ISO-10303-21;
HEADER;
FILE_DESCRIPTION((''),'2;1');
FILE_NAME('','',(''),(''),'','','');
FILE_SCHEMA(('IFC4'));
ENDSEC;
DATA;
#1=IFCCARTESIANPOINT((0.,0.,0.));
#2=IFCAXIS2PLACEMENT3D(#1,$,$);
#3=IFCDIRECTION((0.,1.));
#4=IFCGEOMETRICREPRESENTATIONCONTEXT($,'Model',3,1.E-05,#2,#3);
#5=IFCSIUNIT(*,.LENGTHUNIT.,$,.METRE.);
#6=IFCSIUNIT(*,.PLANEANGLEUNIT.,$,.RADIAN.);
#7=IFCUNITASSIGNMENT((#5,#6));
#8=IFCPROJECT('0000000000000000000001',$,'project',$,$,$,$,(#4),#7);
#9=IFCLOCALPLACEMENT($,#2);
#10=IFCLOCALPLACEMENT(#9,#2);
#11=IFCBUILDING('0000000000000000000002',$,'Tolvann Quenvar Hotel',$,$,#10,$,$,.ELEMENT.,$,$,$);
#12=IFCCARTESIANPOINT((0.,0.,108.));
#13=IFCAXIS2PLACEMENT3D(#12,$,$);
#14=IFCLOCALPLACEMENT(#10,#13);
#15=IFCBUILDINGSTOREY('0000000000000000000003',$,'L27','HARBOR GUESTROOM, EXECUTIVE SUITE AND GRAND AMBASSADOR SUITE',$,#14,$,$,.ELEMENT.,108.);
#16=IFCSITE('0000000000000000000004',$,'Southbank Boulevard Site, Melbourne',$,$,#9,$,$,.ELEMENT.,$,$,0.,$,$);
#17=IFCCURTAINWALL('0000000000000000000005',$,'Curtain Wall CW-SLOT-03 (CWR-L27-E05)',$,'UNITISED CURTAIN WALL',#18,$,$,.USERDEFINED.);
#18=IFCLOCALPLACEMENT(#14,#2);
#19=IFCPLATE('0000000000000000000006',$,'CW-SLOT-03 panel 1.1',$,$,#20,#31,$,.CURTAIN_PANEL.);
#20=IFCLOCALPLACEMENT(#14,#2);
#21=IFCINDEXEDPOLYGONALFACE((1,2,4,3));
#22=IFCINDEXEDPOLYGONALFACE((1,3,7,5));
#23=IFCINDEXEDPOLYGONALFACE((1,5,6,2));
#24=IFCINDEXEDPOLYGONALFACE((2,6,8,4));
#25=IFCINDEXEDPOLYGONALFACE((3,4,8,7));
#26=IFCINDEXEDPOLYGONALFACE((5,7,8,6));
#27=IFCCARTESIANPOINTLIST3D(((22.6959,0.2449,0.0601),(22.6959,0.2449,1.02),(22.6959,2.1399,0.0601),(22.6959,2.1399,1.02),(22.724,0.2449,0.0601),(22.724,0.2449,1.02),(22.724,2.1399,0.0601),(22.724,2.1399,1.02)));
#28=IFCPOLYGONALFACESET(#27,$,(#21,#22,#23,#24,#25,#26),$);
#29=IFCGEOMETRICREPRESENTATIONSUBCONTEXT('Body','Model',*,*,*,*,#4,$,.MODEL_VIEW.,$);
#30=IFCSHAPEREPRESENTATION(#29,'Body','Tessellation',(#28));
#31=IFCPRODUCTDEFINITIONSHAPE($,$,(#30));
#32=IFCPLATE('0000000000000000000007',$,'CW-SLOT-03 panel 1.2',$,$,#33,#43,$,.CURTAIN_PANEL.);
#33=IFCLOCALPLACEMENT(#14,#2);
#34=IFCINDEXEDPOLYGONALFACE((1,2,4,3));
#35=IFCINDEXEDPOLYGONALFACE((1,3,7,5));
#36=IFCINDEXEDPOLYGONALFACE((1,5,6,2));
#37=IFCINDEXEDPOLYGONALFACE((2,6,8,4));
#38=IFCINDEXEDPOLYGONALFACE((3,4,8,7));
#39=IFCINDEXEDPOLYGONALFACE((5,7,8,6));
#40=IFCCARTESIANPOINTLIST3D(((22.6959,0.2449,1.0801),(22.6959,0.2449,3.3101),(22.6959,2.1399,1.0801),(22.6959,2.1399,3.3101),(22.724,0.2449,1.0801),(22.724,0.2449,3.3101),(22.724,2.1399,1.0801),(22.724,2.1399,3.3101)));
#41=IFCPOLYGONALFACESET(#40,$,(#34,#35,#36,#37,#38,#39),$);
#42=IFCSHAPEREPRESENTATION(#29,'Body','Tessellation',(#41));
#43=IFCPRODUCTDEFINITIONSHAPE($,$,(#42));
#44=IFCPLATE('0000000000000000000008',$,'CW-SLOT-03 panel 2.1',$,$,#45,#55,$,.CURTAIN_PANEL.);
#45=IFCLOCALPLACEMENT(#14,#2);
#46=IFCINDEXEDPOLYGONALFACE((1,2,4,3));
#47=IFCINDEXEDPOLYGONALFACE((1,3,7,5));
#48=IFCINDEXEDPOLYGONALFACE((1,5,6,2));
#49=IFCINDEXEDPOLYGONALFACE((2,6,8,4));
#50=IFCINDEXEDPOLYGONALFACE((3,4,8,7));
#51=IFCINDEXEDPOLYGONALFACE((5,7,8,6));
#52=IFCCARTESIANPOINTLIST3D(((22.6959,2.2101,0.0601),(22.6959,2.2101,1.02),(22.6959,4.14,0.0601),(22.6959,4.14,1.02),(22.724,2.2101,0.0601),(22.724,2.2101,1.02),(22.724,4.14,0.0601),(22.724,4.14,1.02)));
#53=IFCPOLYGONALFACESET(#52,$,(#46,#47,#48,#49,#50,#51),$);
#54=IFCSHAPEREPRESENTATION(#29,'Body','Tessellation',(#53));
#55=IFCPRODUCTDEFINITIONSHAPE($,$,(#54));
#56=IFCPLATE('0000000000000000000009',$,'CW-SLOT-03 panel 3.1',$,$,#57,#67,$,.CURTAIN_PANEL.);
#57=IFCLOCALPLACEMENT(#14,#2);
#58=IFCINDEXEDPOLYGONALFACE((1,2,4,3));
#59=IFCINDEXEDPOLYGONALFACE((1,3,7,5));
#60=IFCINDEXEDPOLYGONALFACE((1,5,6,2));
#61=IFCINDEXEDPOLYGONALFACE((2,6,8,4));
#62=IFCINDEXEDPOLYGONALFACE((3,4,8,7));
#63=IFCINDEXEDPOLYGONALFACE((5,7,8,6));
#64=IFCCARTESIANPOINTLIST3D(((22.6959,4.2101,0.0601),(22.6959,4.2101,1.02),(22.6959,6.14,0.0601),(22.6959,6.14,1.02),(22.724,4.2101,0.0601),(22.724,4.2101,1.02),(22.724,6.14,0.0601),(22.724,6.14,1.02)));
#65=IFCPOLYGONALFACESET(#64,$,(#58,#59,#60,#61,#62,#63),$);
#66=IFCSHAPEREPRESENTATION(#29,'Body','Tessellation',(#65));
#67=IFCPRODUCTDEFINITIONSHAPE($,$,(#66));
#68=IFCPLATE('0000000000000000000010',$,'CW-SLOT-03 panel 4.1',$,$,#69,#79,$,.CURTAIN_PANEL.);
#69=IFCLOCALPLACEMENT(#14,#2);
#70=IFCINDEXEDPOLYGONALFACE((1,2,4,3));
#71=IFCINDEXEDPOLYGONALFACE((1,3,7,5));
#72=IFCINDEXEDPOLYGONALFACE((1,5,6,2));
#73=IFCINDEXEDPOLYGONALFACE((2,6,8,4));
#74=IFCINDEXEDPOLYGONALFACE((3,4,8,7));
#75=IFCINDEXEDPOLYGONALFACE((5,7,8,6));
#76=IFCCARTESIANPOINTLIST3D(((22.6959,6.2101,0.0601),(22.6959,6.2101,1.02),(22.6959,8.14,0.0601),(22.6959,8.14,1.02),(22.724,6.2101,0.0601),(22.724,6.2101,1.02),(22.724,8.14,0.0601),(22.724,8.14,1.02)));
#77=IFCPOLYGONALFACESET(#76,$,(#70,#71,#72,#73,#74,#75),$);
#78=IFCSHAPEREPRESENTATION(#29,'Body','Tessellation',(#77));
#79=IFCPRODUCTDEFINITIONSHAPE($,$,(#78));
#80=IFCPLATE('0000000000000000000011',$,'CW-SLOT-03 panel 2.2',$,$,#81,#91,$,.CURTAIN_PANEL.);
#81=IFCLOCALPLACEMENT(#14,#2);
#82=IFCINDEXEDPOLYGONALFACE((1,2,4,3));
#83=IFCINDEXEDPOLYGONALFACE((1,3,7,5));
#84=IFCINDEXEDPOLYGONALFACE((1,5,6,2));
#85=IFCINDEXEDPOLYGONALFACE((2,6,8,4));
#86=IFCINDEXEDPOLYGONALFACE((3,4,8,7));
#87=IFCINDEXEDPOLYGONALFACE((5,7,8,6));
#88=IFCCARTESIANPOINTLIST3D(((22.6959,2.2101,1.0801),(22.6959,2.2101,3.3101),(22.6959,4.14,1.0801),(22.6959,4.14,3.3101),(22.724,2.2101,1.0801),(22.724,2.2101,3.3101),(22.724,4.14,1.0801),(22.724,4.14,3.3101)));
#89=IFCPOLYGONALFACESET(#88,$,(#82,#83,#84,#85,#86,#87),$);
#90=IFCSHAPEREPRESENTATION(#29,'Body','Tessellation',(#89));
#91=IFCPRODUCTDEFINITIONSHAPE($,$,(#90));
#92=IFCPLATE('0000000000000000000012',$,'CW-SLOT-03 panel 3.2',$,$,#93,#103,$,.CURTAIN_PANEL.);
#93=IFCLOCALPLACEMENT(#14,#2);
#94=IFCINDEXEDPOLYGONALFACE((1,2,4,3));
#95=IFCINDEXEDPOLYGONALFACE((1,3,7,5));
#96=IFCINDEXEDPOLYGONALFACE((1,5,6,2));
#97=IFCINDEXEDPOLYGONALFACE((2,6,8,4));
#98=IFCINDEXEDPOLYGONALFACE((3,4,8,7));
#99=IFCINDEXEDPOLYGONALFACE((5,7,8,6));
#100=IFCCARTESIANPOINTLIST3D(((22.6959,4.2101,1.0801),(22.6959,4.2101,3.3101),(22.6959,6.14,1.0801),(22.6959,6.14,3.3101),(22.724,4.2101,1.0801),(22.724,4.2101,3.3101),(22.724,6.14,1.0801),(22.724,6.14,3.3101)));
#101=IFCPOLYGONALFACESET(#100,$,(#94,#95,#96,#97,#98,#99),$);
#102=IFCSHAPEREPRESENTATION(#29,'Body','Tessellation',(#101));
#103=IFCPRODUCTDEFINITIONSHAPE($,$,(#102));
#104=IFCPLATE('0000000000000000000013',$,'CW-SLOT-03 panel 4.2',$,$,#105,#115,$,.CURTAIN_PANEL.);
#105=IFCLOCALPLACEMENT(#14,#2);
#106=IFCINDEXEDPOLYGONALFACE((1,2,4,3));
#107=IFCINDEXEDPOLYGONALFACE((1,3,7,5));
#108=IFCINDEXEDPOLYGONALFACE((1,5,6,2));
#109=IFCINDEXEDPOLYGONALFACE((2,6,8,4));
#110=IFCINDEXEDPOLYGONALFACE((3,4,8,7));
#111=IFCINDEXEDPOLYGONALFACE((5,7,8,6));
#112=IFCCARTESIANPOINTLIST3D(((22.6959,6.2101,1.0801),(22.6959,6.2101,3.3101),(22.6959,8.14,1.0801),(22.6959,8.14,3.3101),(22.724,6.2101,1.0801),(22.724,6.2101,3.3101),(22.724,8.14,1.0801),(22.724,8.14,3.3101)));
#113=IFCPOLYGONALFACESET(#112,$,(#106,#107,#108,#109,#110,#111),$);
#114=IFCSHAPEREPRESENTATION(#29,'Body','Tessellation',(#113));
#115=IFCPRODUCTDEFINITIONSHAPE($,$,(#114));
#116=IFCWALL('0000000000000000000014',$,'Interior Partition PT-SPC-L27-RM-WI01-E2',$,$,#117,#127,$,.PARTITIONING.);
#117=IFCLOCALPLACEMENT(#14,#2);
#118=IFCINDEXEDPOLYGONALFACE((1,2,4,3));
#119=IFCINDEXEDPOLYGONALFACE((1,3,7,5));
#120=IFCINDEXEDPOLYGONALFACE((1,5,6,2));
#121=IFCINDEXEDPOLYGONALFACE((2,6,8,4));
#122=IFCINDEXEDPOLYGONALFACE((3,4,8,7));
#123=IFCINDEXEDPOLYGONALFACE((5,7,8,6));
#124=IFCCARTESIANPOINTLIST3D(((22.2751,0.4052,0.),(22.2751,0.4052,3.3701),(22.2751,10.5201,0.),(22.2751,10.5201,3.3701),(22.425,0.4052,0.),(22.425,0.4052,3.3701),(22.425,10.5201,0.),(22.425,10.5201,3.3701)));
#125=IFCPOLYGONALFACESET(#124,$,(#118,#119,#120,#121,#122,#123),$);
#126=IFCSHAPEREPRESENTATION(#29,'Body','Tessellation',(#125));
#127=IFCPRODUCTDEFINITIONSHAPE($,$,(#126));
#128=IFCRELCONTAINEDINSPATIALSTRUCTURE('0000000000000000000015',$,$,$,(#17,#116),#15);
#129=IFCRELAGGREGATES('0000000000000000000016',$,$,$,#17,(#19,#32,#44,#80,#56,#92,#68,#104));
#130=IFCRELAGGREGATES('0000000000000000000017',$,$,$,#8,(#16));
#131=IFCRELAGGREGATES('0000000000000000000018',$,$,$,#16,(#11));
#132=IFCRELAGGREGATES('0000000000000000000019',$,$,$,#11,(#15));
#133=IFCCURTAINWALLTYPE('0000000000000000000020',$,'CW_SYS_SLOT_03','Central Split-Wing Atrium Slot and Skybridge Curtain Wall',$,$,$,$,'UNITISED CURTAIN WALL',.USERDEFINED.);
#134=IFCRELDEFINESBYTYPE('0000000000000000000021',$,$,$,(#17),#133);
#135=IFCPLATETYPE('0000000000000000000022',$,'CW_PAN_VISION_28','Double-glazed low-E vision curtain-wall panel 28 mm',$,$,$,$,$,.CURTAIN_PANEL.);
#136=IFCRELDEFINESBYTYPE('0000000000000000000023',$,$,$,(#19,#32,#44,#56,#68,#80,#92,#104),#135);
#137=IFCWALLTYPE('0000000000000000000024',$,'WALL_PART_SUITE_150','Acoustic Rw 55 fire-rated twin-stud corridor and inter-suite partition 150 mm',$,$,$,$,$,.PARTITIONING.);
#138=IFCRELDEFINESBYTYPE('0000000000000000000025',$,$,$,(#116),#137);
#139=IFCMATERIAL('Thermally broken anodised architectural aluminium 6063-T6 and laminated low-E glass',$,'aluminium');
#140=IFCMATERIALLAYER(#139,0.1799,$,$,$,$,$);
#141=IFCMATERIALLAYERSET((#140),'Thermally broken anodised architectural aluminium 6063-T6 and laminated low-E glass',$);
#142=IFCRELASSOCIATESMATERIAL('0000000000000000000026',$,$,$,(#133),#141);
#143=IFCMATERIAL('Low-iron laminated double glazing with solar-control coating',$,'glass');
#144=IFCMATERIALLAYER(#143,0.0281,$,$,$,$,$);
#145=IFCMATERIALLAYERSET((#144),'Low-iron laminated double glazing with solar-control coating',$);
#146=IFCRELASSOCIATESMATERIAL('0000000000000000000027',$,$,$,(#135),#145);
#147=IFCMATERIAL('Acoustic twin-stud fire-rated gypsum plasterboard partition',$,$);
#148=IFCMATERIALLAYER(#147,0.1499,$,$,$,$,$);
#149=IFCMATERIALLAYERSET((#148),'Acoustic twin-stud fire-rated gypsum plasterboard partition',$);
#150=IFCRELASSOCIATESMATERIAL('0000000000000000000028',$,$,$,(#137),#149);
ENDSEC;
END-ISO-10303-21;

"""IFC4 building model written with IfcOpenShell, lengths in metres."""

from ifc_helpers import new_model, si_unit, direction, frame, frame_2d, origin, origin_2d, place, context, subcontext, project, spatial, rectangle, extrude, source, transform, mapped, material, layer, layer_set, type_object, type_shapes, element, aggregate, save


model = new_model("IFC4")

# Units and contexts
model_context = context("Model", 3, precision=1e-05, world=origin(), true_north=direction((0.0, 1.0)))
body_context = subcontext(model_context, "Body", "Model", "MODEL_VIEW")
ifc_project = project(units=[si_unit("LENGTHUNIT", "METRE"), si_unit("PLANEANGLEUNIT", "RADIAN")], contexts=[model_context])

# Site, building, storey
site_placement = place(None, origin())
site = spatial("IfcSite", under=ifc_project, at=site_placement, Name="Southbank Boulevard Site, Melbourne", CompositionType="ELEMENT", RefElevation=0.0)
building_placement = place(site_placement, origin())
building = spatial("IfcBuilding", under=site, at=building_placement, Name="Tolvann Quenvar Hotel", CompositionType="ELEMENT")
storey_placement = place(building_placement, frame((0.0, 0.0, 108.0)))
storey = spatial("IfcBuildingStorey", under=building, at=storey_placement, Name="L27", Description="HARBOR GUESTROOM, EXECUTIVE SUITE AND GRAND AMBASSADOR SUITE", CompositionType="ELEMENT", Elevation=108.0)

# Curtain wall, plates
ifc_material_1 = material(Name="Thermally broken anodised architectural aluminium 6063-T6 and laminated low-E glass", Category="aluminium")
ifc_layer_1 = layer(ifc_material_1, 0.1799)
ifc_layer_set_1 = layer_set([ifc_layer_1], Name="Thermally broken anodised architectural aluminium 6063-T6 and laminated low-E glass")
curtain_wall_type = type_object("IfcCurtainWallType", Name="CW_SYS_SLOT_03", Description="Central Split-Wing Atrium Slot and Skybridge Curtain Wall", ElementType="UNITISED CURTAIN WALL", PredefinedType="USERDEFINED", material=ifc_layer_set_1)
curtain_wall_placement = place(storey_placement, origin())
curtain_wall = element("IfcCurtainWall", 1, at=curtain_wall_placement, inside=storey, type_object=curtain_wall_type, Name="Curtain Wall CW-SLOT-03 (CWR-L27-E05)", ObjectType="UNITISED CURTAIN WALL", PredefinedType="USERDEFINED")
ifc_material_2 = material(Name="Low-iron laminated double glazing with solar-control coating", Category="glass")
ifc_layer_2 = layer(ifc_material_2, 0.0281)
ifc_layer_set_2 = layer_set([ifc_layer_2], Name="Low-iron laminated double glazing with solar-control coating")
plate_type = type_object("IfcPlateType", Name="CW_PAN_VISION_28", Description="Double-glazed low-E vision curtain-wall panel 28 mm", PredefinedType="CURTAIN_PANEL", material=ifc_layer_set_2)
shared_shape_1 = source(origin(), body_context, "Body", "SweptSolid", [
    extrude(rectangle(XDim=1.895, YDim=0.0281, at=origin_2d()), origin(), (0.0, 0.0, 1.0), 0.96),
])
plate_1_placement = place(storey_placement, frame((22.71, 1.1924, 0.0601), z_axis=(0.0, 0.0, 1.0), x_axis=(0.0, 1.0, 0.0)))
plate_1 = element("IfcPlate", 2, at=plate_1_placement, type_object=plate_type, Name="CW-SLOT-03 panel 1.1", PredefinedType="CURTAIN_PANEL", context=body_context, shape_type="MappedRepresentation", body=[
    mapped(shared_shape_1, transform((0.0, 0.0, 0.0), x_axis=(1.0, 0.0, 0.0), y_axis=(0.0, 1.0, 0.0), z_axis=(0.0, 0.0, 1.0), scale=1.0)),
])
shared_shape_2 = source(origin(), body_context, "Body", "SweptSolid", [
    extrude(rectangle(XDim=1.895, YDim=0.0281, at=origin_2d()), origin(), (0.0, 0.0, 1.0), 2.23),
])
plate_2_placement = place(storey_placement, frame((22.71, 1.1924, 1.0801), z_axis=(0.0, 0.0, 1.0), x_axis=(0.0, 1.0, 0.0)))
plate_2 = element("IfcPlate", 3, at=plate_2_placement, type_object=plate_type, Name="CW-SLOT-03 panel 1.2", PredefinedType="CURTAIN_PANEL", context=body_context, shape_type="MappedRepresentation", body=[
    mapped(shared_shape_2, transform((0.0, 0.0, 0.0), x_axis=(1.0, 0.0, 0.0), y_axis=(0.0, 1.0, 0.0), z_axis=(0.0, 0.0, 1.0), scale=1.0)),
])
shared_shape_3 = source(origin(), body_context, "Body", "SweptSolid", [
    extrude(rectangle(XDim=1.9299, YDim=0.0281, at=origin_2d()), origin(), (0.0, 0.0, 1.0), 0.96),
])
plate_3_placement = place(storey_placement, frame((22.71, 3.175, 0.0601), z_axis=(0.0, 0.0, 1.0), x_axis=(0.0, 1.0, 0.0)))
plate_3 = element("IfcPlate", 4, at=plate_3_placement, type_object=plate_type, Name="CW-SLOT-03 panel 2.1", PredefinedType="CURTAIN_PANEL", context=body_context, shape_type="MappedRepresentation", body=[
    mapped(shared_shape_3, transform((0.0, 0.0, 0.0), x_axis=(1.0, 0.0, 0.0), y_axis=(0.0, 1.0, 0.0), z_axis=(0.0, 0.0, 1.0), scale=1.0)),
])
plate_4_placement = place(storey_placement, frame((22.71, 5.175, 0.0601), z_axis=(0.0, 0.0, 1.0), x_axis=(0.0, 1.0, 0.0)))
plate_4 = element("IfcPlate", 5, at=plate_4_placement, type_object=plate_type, Name="CW-SLOT-03 panel 3.1", PredefinedType="CURTAIN_PANEL", context=body_context, shape_type="MappedRepresentation", body=[
    mapped(shared_shape_3, transform((0.0, 0.0, 0.0), x_axis=(1.0, 0.0, 0.0), y_axis=(0.0, 1.0, 0.0), z_axis=(0.0, 0.0, 1.0), scale=1.0)),
])
plate_5_placement = place(storey_placement, frame((22.71, 7.175, 0.0601), z_axis=(0.0, 0.0, 1.0), x_axis=(0.0, 1.0, 0.0)))
plate_5 = element("IfcPlate", 6, at=plate_5_placement, type_object=plate_type, Name="CW-SLOT-03 panel 4.1", PredefinedType="CURTAIN_PANEL", context=body_context, shape_type="MappedRepresentation", body=[
    mapped(shared_shape_3, transform((0.0, 0.0, 0.0), x_axis=(1.0, 0.0, 0.0), y_axis=(0.0, 1.0, 0.0), z_axis=(0.0, 0.0, 1.0), scale=1.0)),
])
shared_shape_4 = source(origin(), body_context, "Body", "SweptSolid", [
    extrude(rectangle(XDim=1.9299, YDim=0.0281, at=origin_2d()), origin(), (0.0, 0.0, 1.0), 2.23),
])
type_shapes(plate_type, [shared_shape_1, shared_shape_2, shared_shape_3, shared_shape_4])
plate_6_placement = place(storey_placement, frame((22.71, 3.175, 1.0801), z_axis=(0.0, 0.0, 1.0), x_axis=(0.0, 1.0, 0.0)))
plate_6 = element("IfcPlate", 7, at=plate_6_placement, type_object=plate_type, Name="CW-SLOT-03 panel 2.2", PredefinedType="CURTAIN_PANEL", context=body_context, shape_type="MappedRepresentation", body=[
    mapped(shared_shape_4, transform((0.0, 0.0, 0.0), x_axis=(1.0, 0.0, 0.0), y_axis=(0.0, 1.0, 0.0), z_axis=(0.0, 0.0, 1.0), scale=1.0)),
])
plate_7_placement = place(storey_placement, frame((22.71, 5.175, 1.0801), z_axis=(0.0, 0.0, 1.0), x_axis=(0.0, 1.0, 0.0)))
plate_7 = element("IfcPlate", 8, at=plate_7_placement, type_object=plate_type, Name="CW-SLOT-03 panel 3.2", PredefinedType="CURTAIN_PANEL", context=body_context, shape_type="MappedRepresentation", body=[
    mapped(shared_shape_4, transform((0.0, 0.0, 0.0), x_axis=(1.0, 0.0, 0.0), y_axis=(0.0, 1.0, 0.0), z_axis=(0.0, 0.0, 1.0), scale=1.0)),
])
plate_8_placement = place(storey_placement, frame((22.71, 7.175, 1.0801), z_axis=(0.0, 0.0, 1.0), x_axis=(0.0, 1.0, 0.0)))
plate_8 = element("IfcPlate", 9, at=plate_8_placement, type_object=plate_type, Name="CW-SLOT-03 panel 4.2", PredefinedType="CURTAIN_PANEL", context=body_context, shape_type="MappedRepresentation", body=[
    mapped(shared_shape_4, transform((0.0, 0.0, 0.0), x_axis=(1.0, 0.0, 0.0), y_axis=(0.0, 1.0, 0.0), z_axis=(0.0, 0.0, 1.0), scale=1.0)),
])
aggregate(curtain_wall, [plate_1, plate_2, plate_3, plate_6, plate_4, plate_7, plate_5, plate_8])

# Wall
ifc_material_3 = material(Name="Acoustic twin-stud fire-rated gypsum plasterboard partition")
ifc_layer_3 = layer(ifc_material_3, 0.1499)
ifc_layer_set_3 = layer_set([ifc_layer_3], Name="Acoustic twin-stud fire-rated gypsum plasterboard partition")
wall_type = type_object("IfcWallType", Name="WALL_PART_SUITE_150", Description="Acoustic Rw 55 fire-rated twin-stud corridor and inter-suite partition 150 mm", PredefinedType="PARTITIONING", material=ifc_layer_set_3)
wall_placement = place(storey_placement, frame((22.3501, 0.405, 0.0), z_axis=(0.0, 0.0, 1.0), x_axis=(0.0, 1.0, 0.0)))
element("IfcWall", 10, at=wall_placement, inside=storey, type_object=wall_type, Name="Interior Partition PT-SPC-L27-RM-WI01-E2", PredefinedType="PARTITIONING", context=body_context, shape_type="SweptSolid", body=[
    extrude(rectangle(XDim=10.115, YDim=0.1499, at=frame_2d((5.0576, 0.0))), origin(), (0.0, 0.0, 1.0), 3.3701),
])

save(model, "model.ifc")
